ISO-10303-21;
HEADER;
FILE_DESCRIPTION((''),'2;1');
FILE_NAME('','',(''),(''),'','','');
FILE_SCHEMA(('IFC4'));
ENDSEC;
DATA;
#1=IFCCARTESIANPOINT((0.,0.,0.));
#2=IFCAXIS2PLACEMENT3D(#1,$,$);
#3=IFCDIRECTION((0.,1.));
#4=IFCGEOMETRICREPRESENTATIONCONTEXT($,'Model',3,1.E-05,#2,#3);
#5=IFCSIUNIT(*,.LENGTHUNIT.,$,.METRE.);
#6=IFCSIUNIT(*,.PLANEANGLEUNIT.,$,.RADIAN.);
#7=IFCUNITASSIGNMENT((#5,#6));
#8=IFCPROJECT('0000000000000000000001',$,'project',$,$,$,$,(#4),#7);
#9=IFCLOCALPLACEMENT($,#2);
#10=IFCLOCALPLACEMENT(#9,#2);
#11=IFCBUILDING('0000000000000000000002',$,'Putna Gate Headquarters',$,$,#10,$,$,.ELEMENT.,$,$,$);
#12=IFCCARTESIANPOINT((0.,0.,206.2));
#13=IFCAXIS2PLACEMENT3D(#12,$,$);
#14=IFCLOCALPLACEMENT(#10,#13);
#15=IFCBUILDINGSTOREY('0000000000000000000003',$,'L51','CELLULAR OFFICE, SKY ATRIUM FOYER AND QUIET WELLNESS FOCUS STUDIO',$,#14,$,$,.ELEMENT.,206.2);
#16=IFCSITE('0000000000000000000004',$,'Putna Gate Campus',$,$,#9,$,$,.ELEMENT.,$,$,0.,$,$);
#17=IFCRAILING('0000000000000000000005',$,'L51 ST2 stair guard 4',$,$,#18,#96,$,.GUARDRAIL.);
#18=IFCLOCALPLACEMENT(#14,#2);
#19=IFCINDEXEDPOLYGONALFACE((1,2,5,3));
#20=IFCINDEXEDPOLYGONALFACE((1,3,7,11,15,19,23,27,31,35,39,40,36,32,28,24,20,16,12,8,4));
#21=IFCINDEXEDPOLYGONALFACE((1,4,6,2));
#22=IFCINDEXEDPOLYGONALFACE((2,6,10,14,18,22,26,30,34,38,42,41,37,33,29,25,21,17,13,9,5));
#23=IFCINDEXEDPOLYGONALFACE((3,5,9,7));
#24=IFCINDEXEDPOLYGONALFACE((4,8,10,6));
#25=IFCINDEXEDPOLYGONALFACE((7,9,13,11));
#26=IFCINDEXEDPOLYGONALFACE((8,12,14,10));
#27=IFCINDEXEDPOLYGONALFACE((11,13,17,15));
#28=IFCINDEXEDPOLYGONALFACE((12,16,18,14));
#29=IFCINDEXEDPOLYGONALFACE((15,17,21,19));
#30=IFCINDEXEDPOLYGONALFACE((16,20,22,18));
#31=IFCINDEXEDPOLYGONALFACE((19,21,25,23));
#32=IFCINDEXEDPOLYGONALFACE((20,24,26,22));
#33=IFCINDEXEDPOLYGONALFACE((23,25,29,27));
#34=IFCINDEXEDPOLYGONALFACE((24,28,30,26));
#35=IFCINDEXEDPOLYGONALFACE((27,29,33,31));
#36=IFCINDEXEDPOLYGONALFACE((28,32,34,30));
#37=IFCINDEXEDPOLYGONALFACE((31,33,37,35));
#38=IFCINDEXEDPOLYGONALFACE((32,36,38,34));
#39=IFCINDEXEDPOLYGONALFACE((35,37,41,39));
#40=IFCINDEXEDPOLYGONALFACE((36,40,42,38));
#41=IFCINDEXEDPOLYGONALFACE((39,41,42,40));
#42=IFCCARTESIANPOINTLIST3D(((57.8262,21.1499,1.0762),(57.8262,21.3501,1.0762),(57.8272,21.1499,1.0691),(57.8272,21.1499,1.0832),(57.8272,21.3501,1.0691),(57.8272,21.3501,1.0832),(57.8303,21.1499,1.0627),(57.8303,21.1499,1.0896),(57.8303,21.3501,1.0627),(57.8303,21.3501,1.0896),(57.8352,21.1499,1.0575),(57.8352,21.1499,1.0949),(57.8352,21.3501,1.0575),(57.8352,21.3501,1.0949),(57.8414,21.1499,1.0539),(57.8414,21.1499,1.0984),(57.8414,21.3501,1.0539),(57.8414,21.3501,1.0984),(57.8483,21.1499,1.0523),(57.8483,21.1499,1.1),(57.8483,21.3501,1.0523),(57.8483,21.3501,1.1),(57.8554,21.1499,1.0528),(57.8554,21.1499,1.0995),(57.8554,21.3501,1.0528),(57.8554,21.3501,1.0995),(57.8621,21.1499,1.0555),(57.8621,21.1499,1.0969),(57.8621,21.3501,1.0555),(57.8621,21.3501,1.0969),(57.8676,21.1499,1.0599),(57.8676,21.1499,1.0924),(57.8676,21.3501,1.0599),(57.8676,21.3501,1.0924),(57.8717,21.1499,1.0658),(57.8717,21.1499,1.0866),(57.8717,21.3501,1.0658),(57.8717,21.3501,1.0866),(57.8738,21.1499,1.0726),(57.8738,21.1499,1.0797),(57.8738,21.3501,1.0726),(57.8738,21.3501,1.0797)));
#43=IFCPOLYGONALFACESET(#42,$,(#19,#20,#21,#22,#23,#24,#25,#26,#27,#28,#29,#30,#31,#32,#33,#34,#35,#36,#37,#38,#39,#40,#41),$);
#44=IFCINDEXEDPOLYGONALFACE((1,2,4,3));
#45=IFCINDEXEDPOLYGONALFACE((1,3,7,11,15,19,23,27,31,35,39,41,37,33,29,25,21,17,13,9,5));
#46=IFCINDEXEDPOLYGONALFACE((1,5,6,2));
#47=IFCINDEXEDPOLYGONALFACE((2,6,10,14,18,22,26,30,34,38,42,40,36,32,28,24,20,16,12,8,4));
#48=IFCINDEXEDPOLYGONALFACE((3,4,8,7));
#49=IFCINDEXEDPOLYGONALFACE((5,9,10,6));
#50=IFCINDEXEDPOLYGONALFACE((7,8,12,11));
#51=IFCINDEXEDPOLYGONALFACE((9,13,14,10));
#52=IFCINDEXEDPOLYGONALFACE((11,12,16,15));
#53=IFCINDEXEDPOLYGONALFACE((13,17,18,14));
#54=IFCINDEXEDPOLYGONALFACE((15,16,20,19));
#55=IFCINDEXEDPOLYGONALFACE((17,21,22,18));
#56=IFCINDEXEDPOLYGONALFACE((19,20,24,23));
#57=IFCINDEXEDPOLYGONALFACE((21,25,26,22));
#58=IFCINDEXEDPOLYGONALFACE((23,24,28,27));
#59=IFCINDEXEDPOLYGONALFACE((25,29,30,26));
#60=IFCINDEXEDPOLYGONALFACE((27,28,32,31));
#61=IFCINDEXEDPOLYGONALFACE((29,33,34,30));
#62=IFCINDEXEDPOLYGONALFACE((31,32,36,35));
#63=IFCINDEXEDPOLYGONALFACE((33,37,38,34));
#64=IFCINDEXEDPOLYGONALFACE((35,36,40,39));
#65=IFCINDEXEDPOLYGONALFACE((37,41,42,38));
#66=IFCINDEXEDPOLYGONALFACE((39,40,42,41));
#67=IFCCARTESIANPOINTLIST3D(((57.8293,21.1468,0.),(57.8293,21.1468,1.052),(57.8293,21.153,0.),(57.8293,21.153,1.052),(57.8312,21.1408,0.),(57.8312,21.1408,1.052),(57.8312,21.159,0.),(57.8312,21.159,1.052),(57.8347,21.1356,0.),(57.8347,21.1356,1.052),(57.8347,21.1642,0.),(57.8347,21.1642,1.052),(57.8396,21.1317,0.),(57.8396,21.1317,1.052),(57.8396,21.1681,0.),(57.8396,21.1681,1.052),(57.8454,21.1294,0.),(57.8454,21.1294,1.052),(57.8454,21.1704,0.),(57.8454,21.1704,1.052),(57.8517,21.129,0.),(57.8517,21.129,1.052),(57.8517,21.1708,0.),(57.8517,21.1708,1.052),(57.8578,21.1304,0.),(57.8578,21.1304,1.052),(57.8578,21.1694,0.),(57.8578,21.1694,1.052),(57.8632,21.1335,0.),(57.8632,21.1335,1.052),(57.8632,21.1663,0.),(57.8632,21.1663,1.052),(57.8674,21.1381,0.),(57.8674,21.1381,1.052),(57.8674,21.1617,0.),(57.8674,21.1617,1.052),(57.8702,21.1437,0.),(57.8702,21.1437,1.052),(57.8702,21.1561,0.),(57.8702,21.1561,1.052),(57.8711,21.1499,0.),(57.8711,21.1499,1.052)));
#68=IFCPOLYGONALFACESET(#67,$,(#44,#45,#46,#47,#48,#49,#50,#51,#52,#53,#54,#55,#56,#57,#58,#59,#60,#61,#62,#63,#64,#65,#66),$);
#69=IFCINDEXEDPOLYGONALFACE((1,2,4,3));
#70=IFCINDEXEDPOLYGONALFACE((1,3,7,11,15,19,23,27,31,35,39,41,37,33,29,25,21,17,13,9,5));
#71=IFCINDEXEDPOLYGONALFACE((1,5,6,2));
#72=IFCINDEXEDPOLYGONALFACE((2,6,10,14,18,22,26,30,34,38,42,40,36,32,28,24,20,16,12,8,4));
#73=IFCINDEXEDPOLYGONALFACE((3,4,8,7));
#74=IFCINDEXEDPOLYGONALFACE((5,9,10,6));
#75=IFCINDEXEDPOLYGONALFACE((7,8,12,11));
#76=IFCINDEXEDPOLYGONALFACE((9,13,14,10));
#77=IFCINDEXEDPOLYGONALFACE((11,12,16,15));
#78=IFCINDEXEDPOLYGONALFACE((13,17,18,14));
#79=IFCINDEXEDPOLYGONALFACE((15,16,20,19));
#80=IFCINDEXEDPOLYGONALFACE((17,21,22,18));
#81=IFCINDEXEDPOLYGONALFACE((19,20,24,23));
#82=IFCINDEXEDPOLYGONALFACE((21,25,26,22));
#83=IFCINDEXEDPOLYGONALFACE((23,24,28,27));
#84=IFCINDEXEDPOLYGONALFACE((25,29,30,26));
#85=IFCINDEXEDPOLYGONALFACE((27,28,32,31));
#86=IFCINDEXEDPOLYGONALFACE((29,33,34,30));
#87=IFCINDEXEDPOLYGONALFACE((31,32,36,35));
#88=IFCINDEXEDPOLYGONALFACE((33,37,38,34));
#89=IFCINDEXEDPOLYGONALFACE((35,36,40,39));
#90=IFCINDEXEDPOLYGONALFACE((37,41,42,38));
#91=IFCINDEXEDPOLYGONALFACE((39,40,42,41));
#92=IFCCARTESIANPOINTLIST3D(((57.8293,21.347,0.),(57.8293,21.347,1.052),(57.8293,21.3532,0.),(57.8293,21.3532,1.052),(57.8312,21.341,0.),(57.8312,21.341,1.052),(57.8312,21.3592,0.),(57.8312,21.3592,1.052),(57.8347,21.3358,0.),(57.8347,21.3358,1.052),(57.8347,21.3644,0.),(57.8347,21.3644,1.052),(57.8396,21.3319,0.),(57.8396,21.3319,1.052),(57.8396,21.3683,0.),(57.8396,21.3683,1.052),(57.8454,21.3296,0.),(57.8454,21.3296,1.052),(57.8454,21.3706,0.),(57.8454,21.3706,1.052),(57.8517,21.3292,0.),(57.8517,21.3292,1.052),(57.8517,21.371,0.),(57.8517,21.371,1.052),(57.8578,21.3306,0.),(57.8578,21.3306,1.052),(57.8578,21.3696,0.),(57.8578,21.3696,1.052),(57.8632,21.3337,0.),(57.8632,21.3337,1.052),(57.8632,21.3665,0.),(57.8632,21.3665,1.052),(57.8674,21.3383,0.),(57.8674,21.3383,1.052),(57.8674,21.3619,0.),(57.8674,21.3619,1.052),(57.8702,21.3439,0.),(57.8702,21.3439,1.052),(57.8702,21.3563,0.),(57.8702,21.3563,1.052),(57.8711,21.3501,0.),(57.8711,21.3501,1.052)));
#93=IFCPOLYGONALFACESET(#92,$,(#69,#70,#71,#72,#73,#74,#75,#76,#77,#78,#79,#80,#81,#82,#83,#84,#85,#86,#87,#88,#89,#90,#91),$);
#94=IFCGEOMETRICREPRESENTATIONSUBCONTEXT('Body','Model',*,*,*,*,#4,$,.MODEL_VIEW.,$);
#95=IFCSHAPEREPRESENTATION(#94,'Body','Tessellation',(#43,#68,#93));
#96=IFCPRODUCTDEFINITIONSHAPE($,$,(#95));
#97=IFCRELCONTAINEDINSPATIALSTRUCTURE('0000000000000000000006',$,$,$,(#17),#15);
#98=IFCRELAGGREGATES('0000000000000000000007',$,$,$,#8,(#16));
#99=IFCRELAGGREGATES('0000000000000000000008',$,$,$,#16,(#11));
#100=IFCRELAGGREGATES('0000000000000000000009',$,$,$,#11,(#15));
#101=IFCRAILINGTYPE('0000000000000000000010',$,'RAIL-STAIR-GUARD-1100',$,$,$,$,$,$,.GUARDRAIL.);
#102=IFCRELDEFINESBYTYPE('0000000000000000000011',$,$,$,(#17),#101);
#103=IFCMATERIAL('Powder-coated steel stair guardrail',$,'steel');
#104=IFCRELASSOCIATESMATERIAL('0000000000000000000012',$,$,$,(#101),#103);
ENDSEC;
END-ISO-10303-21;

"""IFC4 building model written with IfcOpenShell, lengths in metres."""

from ifc_helpers import new_model, si_unit, direction, frame, origin, origin_2d, place, context, subcontext, project, spatial, circle, extrude, material, type_object, element, save


model = new_model("IFC4")

# Units and contexts
model_context = context("Model", 3, precision=1e-05, world=origin(), true_north=direction((0.0, 1.0)))
body_context = subcontext(model_context, "Body", "Model", "MODEL_VIEW")
ifc_project = project(units=[si_unit("LENGTHUNIT", "METRE"), si_unit("PLANEANGLEUNIT", "RADIAN")], contexts=[model_context])

# Site, building, storey
site_placement = place(None, origin())
site = spatial("IfcSite", under=ifc_project, at=site_placement, Name="Putna Gate Campus", CompositionType="ELEMENT", RefElevation=0.0)
building_placement = place(site_placement, origin())
building = spatial("IfcBuilding", under=site, at=building_placement, Name="Putna Gate Headquarters", CompositionType="ELEMENT")
storey_placement = place(building_placement, frame((0.0, 0.0, 206.2)))
storey = spatial("IfcBuildingStorey", under=building, at=storey_placement, Name="L51", Description="CELLULAR OFFICE, SKY ATRIUM FOYER AND QUIET WELLNESS FOCUS STUDIO", CompositionType="ELEMENT", Elevation=206.2)

# Railing
ifc_material_1 = material(Name="Powder-coated steel stair guardrail", Category="steel")
railing_type_1 = type_object("IfcRailingType", Name="RAIL-STAIR-GUARD-1100", PredefinedType="GUARDRAIL", material=ifc_material_1)
railing_1_placement = place(storey_placement, frame((57.8501, 21.1499, 0.0)))
element("IfcRailing", 1, at=railing_1_placement, inside=storey, type_object=railing_type_1, Name="L51 ST2 stair guard 4", PredefinedType="GUARDRAIL", context=body_context, shape_type="SweptSolid", body=[
    extrude(circle(Radius=0.0239, at=origin_2d()), frame((0.0, 0.0, 1.0762), z_axis=(0.0, 1.0, 0.0), x_axis=(-1.0, 0.0, 0.0)), (0.0, 0.0, 1.0), 0.2002),
    extrude(circle(Radius=0.021, at=origin_2d()), origin(), (0.0, 0.0, 1.0), 1.052),
    extrude(circle(Radius=0.021, at=origin_2d()), frame((0.0, 0.2002, 0.0)), (0.0, 0.0, 1.0), 1.052),
])

save(model, "model.ifc")
